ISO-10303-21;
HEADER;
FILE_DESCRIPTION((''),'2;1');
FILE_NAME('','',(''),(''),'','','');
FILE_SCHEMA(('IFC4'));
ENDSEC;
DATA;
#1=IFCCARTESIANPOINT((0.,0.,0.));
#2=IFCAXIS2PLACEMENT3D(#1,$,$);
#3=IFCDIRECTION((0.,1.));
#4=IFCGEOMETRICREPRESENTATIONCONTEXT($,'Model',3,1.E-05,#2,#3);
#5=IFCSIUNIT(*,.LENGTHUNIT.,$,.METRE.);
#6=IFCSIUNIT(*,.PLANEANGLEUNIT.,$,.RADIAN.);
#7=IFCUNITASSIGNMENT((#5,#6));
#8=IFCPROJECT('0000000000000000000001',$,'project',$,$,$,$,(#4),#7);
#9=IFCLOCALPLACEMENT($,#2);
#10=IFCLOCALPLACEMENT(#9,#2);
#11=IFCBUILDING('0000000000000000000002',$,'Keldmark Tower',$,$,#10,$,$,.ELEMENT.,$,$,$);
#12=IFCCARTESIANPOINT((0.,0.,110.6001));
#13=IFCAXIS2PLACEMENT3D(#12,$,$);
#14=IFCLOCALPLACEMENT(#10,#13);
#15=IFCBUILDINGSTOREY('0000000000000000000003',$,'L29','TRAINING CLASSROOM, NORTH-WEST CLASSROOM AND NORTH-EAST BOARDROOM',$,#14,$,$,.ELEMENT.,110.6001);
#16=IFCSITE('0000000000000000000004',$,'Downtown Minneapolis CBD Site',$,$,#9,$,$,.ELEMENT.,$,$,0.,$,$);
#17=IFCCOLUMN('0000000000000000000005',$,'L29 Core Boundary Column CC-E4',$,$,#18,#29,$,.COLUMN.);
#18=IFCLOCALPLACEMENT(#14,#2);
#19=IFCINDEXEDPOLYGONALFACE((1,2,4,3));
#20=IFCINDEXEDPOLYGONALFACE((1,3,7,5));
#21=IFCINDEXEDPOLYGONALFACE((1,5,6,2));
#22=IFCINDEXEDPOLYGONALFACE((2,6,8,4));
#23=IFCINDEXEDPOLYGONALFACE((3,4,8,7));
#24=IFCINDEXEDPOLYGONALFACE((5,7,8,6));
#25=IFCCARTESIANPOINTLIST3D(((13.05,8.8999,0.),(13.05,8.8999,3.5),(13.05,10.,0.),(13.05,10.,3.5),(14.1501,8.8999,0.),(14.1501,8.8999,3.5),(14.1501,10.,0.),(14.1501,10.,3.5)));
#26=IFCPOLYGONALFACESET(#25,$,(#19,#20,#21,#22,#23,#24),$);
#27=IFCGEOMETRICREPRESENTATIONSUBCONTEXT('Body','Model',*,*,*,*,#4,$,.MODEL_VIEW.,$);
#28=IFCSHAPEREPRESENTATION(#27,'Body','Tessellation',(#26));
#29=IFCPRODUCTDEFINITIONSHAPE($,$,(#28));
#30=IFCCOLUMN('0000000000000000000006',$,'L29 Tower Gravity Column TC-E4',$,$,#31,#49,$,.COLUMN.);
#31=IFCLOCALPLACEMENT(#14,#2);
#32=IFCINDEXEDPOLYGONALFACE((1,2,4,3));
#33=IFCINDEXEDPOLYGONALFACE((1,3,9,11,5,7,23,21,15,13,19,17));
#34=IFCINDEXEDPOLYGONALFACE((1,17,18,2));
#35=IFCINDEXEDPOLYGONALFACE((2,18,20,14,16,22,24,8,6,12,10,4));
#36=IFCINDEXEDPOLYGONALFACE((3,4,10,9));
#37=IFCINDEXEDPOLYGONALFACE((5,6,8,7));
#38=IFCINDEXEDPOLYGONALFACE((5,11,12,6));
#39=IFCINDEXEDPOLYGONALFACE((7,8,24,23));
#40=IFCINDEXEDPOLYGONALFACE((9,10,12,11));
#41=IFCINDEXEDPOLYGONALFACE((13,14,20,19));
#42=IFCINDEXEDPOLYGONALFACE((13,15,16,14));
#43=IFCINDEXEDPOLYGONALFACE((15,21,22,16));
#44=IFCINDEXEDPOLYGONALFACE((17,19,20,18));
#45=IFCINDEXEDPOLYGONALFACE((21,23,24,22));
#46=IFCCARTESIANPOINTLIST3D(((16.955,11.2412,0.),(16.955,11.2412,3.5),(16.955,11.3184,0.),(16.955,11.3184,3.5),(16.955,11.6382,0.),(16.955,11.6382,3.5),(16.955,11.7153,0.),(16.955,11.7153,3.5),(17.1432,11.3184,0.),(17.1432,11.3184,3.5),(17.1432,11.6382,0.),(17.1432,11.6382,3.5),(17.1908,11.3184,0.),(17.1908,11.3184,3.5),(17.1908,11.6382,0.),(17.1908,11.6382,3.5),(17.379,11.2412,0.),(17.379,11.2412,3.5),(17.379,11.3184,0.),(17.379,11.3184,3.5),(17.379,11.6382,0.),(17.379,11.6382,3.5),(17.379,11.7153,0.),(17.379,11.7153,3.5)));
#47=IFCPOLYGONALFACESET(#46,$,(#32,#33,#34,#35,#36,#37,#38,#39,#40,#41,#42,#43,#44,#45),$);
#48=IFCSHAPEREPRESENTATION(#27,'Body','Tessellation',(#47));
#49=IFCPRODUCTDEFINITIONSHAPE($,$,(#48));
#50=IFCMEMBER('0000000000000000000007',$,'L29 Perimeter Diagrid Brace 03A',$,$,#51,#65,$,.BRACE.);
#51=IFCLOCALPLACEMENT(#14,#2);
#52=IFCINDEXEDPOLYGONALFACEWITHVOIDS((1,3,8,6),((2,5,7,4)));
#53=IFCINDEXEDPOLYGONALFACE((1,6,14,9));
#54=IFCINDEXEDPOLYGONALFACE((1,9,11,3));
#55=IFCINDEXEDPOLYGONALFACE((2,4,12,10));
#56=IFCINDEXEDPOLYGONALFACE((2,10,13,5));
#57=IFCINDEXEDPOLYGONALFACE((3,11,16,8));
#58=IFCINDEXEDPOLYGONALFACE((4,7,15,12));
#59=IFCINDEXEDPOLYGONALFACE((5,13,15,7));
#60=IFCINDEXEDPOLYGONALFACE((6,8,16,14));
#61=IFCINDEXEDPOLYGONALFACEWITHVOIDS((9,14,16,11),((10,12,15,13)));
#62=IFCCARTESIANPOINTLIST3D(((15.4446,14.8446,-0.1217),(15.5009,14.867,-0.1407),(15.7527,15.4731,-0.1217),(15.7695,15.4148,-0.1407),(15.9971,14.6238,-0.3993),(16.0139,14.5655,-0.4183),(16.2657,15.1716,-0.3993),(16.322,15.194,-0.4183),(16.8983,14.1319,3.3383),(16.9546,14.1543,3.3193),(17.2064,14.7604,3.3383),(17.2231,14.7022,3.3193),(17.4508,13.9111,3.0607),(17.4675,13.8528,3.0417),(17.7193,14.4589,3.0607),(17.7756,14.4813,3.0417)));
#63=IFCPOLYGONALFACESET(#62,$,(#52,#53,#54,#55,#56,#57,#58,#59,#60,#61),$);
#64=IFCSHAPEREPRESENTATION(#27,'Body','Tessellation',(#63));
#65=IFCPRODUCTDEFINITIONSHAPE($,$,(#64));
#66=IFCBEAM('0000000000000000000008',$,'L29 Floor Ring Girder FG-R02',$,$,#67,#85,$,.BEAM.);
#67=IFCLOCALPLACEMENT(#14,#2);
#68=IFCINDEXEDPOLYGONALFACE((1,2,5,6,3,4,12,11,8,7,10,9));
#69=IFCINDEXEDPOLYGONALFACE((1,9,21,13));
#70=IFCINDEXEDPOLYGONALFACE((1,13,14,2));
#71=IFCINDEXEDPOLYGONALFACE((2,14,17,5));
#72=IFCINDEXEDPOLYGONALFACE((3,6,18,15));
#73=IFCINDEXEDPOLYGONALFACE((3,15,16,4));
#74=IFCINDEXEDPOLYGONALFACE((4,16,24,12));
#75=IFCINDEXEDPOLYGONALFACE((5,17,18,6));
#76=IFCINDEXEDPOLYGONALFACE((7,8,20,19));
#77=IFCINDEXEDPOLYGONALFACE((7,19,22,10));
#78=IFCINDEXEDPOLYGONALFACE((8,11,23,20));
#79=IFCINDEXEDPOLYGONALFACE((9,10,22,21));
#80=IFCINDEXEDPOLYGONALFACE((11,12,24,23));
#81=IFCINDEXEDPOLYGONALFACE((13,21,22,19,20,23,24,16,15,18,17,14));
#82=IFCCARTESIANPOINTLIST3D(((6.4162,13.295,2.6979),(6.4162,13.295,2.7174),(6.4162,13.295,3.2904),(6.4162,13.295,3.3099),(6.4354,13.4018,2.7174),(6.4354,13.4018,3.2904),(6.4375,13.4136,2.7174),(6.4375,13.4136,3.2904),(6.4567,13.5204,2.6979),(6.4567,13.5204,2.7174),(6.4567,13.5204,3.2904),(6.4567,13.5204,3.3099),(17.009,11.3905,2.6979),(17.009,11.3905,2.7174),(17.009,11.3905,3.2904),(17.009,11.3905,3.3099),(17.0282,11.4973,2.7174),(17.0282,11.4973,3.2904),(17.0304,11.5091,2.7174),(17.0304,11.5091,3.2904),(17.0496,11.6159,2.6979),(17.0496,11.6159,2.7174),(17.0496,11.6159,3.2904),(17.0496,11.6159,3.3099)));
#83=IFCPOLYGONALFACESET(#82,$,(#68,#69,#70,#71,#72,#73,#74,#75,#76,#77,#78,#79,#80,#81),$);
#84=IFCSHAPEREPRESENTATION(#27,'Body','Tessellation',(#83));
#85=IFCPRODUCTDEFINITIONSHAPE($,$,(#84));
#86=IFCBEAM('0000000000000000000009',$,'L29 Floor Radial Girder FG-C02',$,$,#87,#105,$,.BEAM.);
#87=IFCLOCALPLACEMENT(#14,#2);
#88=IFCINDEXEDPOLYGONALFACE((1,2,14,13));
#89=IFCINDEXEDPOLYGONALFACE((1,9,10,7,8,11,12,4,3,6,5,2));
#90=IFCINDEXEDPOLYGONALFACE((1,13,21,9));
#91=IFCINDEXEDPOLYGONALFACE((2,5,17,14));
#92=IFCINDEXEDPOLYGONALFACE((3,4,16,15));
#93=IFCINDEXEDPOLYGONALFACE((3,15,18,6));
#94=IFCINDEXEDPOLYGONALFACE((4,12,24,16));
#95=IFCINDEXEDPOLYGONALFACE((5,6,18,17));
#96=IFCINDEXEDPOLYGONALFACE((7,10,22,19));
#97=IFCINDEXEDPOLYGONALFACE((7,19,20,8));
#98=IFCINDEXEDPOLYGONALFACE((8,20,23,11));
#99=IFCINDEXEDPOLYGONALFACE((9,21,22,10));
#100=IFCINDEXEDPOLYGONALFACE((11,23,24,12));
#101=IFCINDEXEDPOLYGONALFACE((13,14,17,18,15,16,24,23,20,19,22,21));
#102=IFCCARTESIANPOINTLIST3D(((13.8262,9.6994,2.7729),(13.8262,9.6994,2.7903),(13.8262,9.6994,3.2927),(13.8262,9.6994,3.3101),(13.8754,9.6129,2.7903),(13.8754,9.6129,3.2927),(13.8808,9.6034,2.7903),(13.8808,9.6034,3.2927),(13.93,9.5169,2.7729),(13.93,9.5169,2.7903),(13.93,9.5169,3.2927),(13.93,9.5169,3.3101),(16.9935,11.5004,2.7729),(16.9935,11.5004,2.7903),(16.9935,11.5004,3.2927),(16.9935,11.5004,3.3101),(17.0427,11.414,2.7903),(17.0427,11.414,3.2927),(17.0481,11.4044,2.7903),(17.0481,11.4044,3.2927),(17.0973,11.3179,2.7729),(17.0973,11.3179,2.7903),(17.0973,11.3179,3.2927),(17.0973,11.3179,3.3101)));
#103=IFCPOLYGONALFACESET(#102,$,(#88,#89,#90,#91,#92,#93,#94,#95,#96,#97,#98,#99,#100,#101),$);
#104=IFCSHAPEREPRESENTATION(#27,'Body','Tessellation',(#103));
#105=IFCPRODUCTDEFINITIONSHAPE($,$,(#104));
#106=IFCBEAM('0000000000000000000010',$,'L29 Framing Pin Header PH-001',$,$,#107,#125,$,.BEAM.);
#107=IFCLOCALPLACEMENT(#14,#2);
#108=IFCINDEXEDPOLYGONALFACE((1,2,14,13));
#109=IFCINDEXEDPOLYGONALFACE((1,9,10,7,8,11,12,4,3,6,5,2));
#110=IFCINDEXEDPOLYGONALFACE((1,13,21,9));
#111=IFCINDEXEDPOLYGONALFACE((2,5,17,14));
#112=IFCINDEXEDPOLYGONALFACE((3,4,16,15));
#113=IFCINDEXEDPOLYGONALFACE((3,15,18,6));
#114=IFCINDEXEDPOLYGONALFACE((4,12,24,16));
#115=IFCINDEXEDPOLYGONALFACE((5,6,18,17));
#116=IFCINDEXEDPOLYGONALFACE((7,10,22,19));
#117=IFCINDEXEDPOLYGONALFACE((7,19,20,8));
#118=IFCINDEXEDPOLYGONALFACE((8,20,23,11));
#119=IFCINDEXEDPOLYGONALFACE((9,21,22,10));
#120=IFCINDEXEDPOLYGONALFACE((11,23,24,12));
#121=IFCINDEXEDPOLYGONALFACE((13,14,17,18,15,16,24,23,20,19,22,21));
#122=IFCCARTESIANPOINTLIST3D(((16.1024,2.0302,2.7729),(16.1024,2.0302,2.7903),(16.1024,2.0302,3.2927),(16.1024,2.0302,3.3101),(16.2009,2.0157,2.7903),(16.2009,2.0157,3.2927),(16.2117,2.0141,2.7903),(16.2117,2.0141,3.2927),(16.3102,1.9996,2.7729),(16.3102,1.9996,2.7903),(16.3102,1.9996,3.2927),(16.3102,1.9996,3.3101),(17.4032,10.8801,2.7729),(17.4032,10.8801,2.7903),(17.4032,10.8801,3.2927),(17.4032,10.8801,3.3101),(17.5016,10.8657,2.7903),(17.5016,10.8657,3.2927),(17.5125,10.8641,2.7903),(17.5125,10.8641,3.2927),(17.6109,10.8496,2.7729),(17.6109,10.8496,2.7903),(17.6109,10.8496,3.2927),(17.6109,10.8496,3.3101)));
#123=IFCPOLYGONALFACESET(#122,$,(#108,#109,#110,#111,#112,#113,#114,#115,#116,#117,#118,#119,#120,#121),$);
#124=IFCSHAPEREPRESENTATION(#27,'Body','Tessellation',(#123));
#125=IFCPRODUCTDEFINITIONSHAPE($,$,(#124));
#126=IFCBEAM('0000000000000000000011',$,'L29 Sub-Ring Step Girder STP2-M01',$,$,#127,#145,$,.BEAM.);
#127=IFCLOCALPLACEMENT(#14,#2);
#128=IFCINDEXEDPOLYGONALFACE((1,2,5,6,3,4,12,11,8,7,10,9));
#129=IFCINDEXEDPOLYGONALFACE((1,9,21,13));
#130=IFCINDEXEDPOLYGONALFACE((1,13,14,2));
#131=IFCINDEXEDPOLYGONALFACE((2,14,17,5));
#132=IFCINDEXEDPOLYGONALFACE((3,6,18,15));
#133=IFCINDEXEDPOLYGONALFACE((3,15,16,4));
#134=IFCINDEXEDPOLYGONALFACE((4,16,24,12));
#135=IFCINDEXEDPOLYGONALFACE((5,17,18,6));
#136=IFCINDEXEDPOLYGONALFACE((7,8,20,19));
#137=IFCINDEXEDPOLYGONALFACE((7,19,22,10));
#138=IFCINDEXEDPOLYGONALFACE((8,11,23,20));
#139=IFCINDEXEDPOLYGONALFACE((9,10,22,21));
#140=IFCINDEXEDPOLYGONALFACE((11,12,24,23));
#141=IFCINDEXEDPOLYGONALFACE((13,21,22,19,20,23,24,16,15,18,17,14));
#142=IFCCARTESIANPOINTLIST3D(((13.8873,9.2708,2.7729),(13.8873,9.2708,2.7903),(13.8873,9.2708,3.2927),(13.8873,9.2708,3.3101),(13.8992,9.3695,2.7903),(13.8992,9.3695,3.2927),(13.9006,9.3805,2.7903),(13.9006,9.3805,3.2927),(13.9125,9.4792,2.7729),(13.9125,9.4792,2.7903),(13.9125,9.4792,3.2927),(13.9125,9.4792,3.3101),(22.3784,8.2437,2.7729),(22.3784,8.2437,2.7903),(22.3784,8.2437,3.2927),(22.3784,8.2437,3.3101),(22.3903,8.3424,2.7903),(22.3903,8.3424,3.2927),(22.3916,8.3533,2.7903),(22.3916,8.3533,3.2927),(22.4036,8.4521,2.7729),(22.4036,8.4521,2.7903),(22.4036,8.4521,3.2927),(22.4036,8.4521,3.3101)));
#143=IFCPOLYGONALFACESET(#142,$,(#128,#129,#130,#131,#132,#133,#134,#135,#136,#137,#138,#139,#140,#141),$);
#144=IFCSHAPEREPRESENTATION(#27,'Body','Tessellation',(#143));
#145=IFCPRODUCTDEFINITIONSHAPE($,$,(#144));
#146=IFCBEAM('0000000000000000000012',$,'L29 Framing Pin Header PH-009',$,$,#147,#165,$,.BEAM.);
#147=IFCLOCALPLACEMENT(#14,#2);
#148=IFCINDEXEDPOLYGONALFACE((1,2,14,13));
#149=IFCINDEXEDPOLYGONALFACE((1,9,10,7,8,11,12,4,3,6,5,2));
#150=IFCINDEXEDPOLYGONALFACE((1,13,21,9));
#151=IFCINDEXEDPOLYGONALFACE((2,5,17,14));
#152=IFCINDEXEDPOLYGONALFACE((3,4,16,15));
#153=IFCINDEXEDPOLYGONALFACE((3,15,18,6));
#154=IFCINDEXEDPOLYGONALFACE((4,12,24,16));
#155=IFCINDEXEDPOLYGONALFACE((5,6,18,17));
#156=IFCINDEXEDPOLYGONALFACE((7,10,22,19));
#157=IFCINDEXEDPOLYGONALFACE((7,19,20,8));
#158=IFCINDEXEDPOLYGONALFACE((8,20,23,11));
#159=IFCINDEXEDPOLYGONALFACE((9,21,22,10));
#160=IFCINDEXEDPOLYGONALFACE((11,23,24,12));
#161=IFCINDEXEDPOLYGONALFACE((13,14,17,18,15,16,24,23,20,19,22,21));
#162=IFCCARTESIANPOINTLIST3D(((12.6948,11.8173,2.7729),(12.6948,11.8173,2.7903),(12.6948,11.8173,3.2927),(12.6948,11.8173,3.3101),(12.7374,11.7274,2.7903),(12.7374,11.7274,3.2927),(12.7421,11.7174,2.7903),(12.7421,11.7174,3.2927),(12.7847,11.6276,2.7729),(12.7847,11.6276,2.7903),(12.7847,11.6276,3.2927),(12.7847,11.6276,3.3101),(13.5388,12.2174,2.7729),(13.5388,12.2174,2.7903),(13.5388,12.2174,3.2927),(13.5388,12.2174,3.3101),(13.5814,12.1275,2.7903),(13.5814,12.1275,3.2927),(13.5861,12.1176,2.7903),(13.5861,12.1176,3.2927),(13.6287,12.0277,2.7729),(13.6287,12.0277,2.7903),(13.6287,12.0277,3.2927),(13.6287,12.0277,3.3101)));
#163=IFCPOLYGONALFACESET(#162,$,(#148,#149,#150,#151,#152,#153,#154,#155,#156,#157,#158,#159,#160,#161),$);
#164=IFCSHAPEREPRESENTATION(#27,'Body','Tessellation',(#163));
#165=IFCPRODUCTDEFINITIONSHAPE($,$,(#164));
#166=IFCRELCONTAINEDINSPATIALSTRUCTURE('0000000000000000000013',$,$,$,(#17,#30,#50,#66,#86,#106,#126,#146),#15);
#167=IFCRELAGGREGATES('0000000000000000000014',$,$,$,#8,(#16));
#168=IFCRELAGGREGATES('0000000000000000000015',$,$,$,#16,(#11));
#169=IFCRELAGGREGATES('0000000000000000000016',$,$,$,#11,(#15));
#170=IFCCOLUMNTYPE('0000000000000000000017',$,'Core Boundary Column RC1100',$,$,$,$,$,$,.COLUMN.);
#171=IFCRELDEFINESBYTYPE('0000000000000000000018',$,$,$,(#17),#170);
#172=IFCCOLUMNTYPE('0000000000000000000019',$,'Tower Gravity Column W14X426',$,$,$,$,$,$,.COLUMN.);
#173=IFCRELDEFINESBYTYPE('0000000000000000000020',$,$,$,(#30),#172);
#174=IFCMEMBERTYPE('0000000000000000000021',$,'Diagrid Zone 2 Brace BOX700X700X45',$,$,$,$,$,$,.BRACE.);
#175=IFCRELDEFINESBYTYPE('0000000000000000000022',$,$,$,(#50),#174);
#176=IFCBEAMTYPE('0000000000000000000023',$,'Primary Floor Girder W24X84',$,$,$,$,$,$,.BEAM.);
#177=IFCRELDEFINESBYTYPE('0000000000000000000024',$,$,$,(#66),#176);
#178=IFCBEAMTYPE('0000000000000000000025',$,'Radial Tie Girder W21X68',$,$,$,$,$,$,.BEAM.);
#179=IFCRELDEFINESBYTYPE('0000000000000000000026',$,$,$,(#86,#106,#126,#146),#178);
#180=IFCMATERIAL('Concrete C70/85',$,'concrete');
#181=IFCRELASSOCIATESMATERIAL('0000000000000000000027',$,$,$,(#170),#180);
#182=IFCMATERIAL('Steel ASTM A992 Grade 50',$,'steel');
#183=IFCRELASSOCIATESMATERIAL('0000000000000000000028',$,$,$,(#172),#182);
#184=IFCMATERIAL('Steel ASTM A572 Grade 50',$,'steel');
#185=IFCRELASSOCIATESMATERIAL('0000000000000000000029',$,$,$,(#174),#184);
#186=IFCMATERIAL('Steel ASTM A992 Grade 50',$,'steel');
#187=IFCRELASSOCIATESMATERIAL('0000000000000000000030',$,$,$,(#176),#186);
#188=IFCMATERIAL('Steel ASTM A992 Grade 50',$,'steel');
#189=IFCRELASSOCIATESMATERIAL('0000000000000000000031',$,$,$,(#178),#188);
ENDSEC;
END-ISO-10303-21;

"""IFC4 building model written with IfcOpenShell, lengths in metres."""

from ifc_helpers import new_model, si_unit, direction, frame, origin, origin_2d, place, context, subcontext, project, spatial, rectangle, hollow_rectangle, i_section, extrude, material, material_profile, profile_set, type_object, element, save


model = new_model("IFC4")

# Units and contexts
model_context = context("Model", 3, precision=1e-05, world=origin(), true_north=direction((0.0, 1.0)))
body_context = subcontext(model_context, "Body", "Model", "MODEL_VIEW")
ifc_project = project(units=[si_unit("LENGTHUNIT", "METRE"), si_unit("PLANEANGLEUNIT", "RADIAN")], contexts=[model_context])

# Site, building, storey
site_placement = place(None, origin())
site = spatial("IfcSite", under=ifc_project, at=site_placement, Name="Downtown Minneapolis CBD Site", CompositionType="ELEMENT", RefElevation=0.0)
building_placement = place(site_placement, origin())
building = spatial("IfcBuilding", under=site, at=building_placement, Name="Keldmark Tower", CompositionType="ELEMENT")
storey_placement = place(building_placement, frame((0.0, 0.0, 110.6001)))
storey = spatial("IfcBuildingStorey", under=building, at=storey_placement, Name="L29", Description="TRAINING CLASSROOM, NORTH-WEST CLASSROOM AND NORTH-EAST BOARDROOM", CompositionType="ELEMENT", Elevation=110.6001)

# Columns
ifc_material_1 = material(Name="Concrete C70/85", Category="concrete")
ifc_material_profile_1 = material_profile(ifc_material_1, rectangle(XDim=1.1001, YDim=1.1001, at=origin_2d()), Name="RC1100X1100")
ifc_profile_set_1 = profile_set([ifc_material_profile_1], Name="Concrete C70/85")
column_type_1 = type_object("IfcColumnType", Name="Core Boundary Column RC1100", PredefinedType="COLUMN", material=ifc_profile_set_1)
column_1_placement = place(storey_placement, frame((13.6001, 9.45, 0.0), z_axis=(0.0, 0.0, 1.0), x_axis=(1.0, 0.0, 0.0)))
element("IfcColumn", 1, at=column_1_placement, inside=storey, type_object=column_type_1, Name="L29 Core Boundary Column CC-E4", PredefinedType="COLUMN", context=body_context, shape_type="SweptSolid", body=[
    extrude(rectangle(XDim=1.1001, YDim=1.1001, at=origin_2d()), origin(), (0.0, 0.0, 1.0), 3.5),
])
ifc_material_2 = material(Name="Steel ASTM A992 Grade 50", Category="steel")
ifc_material_profile_2 = material_profile(ifc_material_2, i_section(OverallWidth=0.4241, OverallDepth=0.4741, WebThickness=0.0476, FlangeThickness=0.0771, at=origin_2d()), Name="W14X426")
ifc_profile_set_2 = profile_set([ifc_material_profile_2], Name="Steel ASTM A992 Grade 50")
column_type_2 = type_object("IfcColumnType", Name="Tower Gravity Column W14X426", PredefinedType="COLUMN", material=ifc_profile_set_2)
column_2_placement = place(storey_placement, frame((17.167, 11.4783, 0.0), z_axis=(0.0, 0.0, 1.0), x_axis=(1.0, 0.0, 0.0)))
element("IfcColumn", 2, at=column_2_placement, inside=storey, type_object=column_type_2, Name="L29 Tower Gravity Column TC-E4", PredefinedType="COLUMN", context=body_context, shape_type="SweptSolid", body=[
    extrude(i_section(OverallWidth=0.4241, OverallDepth=0.4741, WebThickness=0.0476, FlangeThickness=0.0771, at=origin_2d()), origin(), (0.0, 0.0, 1.0), 3.5),
])

# Member
ifc_material_3 = material(Name="Steel ASTM A572 Grade 50", Category="steel")
ifc_material_profile_3 = material_profile(ifc_material_3, hollow_rectangle(XDim=0.7, YDim=0.7, WallThickness=0.0449, at=origin_2d()), Name="BOX700X700X45")
ifc_profile_set_3 = profile_set([ifc_material_profile_3], Name="Steel ASTM A572 Grade 50")
member_type = type_object("IfcMemberType", Name="Diagrid Zone 2 Brace BOX700X700X45", PredefinedType="BRACE", material=ifc_profile_set_3)
member_placement = place(storey_placement, frame((15.8833, 15.0193, -0.27), z_axis=(0.38053, -0.186558, 0.905756), x_axis=(0.440203, 0.897899, 0.0)))
element("IfcMember", 3, at=member_placement, inside=storey, type_object=member_type, Name="L29 Perimeter Diagrid Brace 03A", PredefinedType="BRACE", context=body_context, shape_type="SweptSolid", body=[
    extrude(hollow_rectangle(XDim=0.7, YDim=0.7, WallThickness=0.0449, at=origin_2d()), origin(), (0.0, 0.0, 1.0), 3.8201),
])

# Beams
ifc_material_4 = material(Name="Steel ASTM A992 Grade 50", Category="steel")
ifc_material_profile_4 = material_profile(ifc_material_4, i_section(OverallWidth=0.229, OverallDepth=0.6121, WebThickness=0.012, FlangeThickness=0.0195, at=origin_2d()), Name="W24X84")
ifc_profile_set_4 = profile_set([ifc_material_profile_4], Name="Steel ASTM A992 Grade 50")
beam_type_1 = type_object("IfcBeamType", Name="Primary Floor Girder W24X84", PredefinedType="BEAM", material=ifc_profile_set_4)
beam_1_placement = place(storey_placement, frame((17.0293, 11.5032, 3.0039), z_axis=(-0.984218, 0.176959, 0.0), x_axis=(-0.176959, -0.984218, 0.0)))
element("IfcBeam", 4, at=beam_1_placement, inside=storey, type_object=beam_type_1, Name="L29 Floor Ring Girder FG-R02", PredefinedType="BEAM", context=body_context, shape_type="SweptSolid", body=[
    extrude(i_section(OverallWidth=0.229, OverallDepth=0.6121, WebThickness=0.012, FlangeThickness=0.0195, at=origin_2d()), origin(), (0.0, 0.0, 1.0), 10.7627),
])
ifc_material_5 = material(Name="Steel ASTM A992 Grade 50", Category="steel")
ifc_material_profile_5 = material_profile(ifc_material_5, i_section(OverallWidth=0.21, OverallDepth=0.5371, WebThickness=0.011, FlangeThickness=0.0173, at=origin_2d()), Name="W21X68")
ifc_profile_set_5 = profile_set([ifc_material_profile_5], Name="Steel ASTM A992 Grade 50")
beam_type_2 = type_object("IfcBeamType", Name="Radial Tie Girder W21X68", PredefinedType="BEAM", material=ifc_profile_set_5)
beam_2_placement = place(storey_placement, frame((17.0454, 11.4092, 3.0415), z_axis=(-0.869284, -0.494312, 0.0), x_axis=(0.494312, -0.869284, 0.0)))
element("IfcBeam", 5, at=beam_2_placement, inside=storey, type_object=beam_type_2, Name="L29 Floor Radial Girder FG-C02", PredefinedType="BEAM", context=body_context, shape_type="SweptSolid", body=[
    extrude(i_section(OverallWidth=0.21, OverallDepth=0.5371, WebThickness=0.011, FlangeThickness=0.0173, at=origin_2d()), origin(), (0.0, 0.0, 1.0), 3.6436),
])
beam_3_placement = place(storey_placement, frame((16.2063, 2.0149, 3.0415), z_axis=(0.145417, 0.98937, 0.0), x_axis=(-0.98937, 0.145417, 0.0)))
element("IfcBeam", 6, at=beam_3_placement, inside=storey, type_object=beam_type_2, Name="L29 Framing Pin Header PH-001", PredefinedType="BEAM", context=body_context, shape_type="SweptSolid", body=[
    extrude(i_section(OverallWidth=0.21, OverallDepth=0.5371, WebThickness=0.011, FlangeThickness=0.0173, at=origin_2d()), origin(), (0.0, 0.0, 1.0), 8.9451),
])
beam_4_placement = place(storey_placement, frame((13.8999, 9.375, 3.0415), z_axis=(0.992763, -0.120088, 0.0), x_axis=(0.120088, 0.992763, 0.0)))
element("IfcBeam", 7, at=beam_4_placement, inside=storey, type_object=beam_type_2, Name="L29 Sub-Ring Step Girder STP2-M01", PredefinedType="BEAM", context=body_context, shape_type="SweptSolid", body=[
    extrude(i_section(OverallWidth=0.21, OverallDepth=0.5371, WebThickness=0.011, FlangeThickness=0.0173, at=origin_2d()), origin(), (0.0, 0.0, 1.0), 8.553),
])
beam_5_placement = place(storey_placement, frame((12.7397, 11.7224, 3.0415), z_axis=(0.903589, 0.428401, 0.0), x_axis=(-0.428401, 0.903589, 0.0)))
element("IfcBeam", 8, at=beam_5_placement, inside=storey, type_object=beam_type_2, Name="L29 Framing Pin Header PH-009", PredefinedType="BEAM", context=body_context, shape_type="SweptSolid", body=[
    extrude(i_section(OverallWidth=0.21, OverallDepth=0.5371, WebThickness=0.011, FlangeThickness=0.0173, at=origin_2d()), origin(), (0.0, 0.0, 1.0), 0.9341),
])

save(model, "model.ifc")
